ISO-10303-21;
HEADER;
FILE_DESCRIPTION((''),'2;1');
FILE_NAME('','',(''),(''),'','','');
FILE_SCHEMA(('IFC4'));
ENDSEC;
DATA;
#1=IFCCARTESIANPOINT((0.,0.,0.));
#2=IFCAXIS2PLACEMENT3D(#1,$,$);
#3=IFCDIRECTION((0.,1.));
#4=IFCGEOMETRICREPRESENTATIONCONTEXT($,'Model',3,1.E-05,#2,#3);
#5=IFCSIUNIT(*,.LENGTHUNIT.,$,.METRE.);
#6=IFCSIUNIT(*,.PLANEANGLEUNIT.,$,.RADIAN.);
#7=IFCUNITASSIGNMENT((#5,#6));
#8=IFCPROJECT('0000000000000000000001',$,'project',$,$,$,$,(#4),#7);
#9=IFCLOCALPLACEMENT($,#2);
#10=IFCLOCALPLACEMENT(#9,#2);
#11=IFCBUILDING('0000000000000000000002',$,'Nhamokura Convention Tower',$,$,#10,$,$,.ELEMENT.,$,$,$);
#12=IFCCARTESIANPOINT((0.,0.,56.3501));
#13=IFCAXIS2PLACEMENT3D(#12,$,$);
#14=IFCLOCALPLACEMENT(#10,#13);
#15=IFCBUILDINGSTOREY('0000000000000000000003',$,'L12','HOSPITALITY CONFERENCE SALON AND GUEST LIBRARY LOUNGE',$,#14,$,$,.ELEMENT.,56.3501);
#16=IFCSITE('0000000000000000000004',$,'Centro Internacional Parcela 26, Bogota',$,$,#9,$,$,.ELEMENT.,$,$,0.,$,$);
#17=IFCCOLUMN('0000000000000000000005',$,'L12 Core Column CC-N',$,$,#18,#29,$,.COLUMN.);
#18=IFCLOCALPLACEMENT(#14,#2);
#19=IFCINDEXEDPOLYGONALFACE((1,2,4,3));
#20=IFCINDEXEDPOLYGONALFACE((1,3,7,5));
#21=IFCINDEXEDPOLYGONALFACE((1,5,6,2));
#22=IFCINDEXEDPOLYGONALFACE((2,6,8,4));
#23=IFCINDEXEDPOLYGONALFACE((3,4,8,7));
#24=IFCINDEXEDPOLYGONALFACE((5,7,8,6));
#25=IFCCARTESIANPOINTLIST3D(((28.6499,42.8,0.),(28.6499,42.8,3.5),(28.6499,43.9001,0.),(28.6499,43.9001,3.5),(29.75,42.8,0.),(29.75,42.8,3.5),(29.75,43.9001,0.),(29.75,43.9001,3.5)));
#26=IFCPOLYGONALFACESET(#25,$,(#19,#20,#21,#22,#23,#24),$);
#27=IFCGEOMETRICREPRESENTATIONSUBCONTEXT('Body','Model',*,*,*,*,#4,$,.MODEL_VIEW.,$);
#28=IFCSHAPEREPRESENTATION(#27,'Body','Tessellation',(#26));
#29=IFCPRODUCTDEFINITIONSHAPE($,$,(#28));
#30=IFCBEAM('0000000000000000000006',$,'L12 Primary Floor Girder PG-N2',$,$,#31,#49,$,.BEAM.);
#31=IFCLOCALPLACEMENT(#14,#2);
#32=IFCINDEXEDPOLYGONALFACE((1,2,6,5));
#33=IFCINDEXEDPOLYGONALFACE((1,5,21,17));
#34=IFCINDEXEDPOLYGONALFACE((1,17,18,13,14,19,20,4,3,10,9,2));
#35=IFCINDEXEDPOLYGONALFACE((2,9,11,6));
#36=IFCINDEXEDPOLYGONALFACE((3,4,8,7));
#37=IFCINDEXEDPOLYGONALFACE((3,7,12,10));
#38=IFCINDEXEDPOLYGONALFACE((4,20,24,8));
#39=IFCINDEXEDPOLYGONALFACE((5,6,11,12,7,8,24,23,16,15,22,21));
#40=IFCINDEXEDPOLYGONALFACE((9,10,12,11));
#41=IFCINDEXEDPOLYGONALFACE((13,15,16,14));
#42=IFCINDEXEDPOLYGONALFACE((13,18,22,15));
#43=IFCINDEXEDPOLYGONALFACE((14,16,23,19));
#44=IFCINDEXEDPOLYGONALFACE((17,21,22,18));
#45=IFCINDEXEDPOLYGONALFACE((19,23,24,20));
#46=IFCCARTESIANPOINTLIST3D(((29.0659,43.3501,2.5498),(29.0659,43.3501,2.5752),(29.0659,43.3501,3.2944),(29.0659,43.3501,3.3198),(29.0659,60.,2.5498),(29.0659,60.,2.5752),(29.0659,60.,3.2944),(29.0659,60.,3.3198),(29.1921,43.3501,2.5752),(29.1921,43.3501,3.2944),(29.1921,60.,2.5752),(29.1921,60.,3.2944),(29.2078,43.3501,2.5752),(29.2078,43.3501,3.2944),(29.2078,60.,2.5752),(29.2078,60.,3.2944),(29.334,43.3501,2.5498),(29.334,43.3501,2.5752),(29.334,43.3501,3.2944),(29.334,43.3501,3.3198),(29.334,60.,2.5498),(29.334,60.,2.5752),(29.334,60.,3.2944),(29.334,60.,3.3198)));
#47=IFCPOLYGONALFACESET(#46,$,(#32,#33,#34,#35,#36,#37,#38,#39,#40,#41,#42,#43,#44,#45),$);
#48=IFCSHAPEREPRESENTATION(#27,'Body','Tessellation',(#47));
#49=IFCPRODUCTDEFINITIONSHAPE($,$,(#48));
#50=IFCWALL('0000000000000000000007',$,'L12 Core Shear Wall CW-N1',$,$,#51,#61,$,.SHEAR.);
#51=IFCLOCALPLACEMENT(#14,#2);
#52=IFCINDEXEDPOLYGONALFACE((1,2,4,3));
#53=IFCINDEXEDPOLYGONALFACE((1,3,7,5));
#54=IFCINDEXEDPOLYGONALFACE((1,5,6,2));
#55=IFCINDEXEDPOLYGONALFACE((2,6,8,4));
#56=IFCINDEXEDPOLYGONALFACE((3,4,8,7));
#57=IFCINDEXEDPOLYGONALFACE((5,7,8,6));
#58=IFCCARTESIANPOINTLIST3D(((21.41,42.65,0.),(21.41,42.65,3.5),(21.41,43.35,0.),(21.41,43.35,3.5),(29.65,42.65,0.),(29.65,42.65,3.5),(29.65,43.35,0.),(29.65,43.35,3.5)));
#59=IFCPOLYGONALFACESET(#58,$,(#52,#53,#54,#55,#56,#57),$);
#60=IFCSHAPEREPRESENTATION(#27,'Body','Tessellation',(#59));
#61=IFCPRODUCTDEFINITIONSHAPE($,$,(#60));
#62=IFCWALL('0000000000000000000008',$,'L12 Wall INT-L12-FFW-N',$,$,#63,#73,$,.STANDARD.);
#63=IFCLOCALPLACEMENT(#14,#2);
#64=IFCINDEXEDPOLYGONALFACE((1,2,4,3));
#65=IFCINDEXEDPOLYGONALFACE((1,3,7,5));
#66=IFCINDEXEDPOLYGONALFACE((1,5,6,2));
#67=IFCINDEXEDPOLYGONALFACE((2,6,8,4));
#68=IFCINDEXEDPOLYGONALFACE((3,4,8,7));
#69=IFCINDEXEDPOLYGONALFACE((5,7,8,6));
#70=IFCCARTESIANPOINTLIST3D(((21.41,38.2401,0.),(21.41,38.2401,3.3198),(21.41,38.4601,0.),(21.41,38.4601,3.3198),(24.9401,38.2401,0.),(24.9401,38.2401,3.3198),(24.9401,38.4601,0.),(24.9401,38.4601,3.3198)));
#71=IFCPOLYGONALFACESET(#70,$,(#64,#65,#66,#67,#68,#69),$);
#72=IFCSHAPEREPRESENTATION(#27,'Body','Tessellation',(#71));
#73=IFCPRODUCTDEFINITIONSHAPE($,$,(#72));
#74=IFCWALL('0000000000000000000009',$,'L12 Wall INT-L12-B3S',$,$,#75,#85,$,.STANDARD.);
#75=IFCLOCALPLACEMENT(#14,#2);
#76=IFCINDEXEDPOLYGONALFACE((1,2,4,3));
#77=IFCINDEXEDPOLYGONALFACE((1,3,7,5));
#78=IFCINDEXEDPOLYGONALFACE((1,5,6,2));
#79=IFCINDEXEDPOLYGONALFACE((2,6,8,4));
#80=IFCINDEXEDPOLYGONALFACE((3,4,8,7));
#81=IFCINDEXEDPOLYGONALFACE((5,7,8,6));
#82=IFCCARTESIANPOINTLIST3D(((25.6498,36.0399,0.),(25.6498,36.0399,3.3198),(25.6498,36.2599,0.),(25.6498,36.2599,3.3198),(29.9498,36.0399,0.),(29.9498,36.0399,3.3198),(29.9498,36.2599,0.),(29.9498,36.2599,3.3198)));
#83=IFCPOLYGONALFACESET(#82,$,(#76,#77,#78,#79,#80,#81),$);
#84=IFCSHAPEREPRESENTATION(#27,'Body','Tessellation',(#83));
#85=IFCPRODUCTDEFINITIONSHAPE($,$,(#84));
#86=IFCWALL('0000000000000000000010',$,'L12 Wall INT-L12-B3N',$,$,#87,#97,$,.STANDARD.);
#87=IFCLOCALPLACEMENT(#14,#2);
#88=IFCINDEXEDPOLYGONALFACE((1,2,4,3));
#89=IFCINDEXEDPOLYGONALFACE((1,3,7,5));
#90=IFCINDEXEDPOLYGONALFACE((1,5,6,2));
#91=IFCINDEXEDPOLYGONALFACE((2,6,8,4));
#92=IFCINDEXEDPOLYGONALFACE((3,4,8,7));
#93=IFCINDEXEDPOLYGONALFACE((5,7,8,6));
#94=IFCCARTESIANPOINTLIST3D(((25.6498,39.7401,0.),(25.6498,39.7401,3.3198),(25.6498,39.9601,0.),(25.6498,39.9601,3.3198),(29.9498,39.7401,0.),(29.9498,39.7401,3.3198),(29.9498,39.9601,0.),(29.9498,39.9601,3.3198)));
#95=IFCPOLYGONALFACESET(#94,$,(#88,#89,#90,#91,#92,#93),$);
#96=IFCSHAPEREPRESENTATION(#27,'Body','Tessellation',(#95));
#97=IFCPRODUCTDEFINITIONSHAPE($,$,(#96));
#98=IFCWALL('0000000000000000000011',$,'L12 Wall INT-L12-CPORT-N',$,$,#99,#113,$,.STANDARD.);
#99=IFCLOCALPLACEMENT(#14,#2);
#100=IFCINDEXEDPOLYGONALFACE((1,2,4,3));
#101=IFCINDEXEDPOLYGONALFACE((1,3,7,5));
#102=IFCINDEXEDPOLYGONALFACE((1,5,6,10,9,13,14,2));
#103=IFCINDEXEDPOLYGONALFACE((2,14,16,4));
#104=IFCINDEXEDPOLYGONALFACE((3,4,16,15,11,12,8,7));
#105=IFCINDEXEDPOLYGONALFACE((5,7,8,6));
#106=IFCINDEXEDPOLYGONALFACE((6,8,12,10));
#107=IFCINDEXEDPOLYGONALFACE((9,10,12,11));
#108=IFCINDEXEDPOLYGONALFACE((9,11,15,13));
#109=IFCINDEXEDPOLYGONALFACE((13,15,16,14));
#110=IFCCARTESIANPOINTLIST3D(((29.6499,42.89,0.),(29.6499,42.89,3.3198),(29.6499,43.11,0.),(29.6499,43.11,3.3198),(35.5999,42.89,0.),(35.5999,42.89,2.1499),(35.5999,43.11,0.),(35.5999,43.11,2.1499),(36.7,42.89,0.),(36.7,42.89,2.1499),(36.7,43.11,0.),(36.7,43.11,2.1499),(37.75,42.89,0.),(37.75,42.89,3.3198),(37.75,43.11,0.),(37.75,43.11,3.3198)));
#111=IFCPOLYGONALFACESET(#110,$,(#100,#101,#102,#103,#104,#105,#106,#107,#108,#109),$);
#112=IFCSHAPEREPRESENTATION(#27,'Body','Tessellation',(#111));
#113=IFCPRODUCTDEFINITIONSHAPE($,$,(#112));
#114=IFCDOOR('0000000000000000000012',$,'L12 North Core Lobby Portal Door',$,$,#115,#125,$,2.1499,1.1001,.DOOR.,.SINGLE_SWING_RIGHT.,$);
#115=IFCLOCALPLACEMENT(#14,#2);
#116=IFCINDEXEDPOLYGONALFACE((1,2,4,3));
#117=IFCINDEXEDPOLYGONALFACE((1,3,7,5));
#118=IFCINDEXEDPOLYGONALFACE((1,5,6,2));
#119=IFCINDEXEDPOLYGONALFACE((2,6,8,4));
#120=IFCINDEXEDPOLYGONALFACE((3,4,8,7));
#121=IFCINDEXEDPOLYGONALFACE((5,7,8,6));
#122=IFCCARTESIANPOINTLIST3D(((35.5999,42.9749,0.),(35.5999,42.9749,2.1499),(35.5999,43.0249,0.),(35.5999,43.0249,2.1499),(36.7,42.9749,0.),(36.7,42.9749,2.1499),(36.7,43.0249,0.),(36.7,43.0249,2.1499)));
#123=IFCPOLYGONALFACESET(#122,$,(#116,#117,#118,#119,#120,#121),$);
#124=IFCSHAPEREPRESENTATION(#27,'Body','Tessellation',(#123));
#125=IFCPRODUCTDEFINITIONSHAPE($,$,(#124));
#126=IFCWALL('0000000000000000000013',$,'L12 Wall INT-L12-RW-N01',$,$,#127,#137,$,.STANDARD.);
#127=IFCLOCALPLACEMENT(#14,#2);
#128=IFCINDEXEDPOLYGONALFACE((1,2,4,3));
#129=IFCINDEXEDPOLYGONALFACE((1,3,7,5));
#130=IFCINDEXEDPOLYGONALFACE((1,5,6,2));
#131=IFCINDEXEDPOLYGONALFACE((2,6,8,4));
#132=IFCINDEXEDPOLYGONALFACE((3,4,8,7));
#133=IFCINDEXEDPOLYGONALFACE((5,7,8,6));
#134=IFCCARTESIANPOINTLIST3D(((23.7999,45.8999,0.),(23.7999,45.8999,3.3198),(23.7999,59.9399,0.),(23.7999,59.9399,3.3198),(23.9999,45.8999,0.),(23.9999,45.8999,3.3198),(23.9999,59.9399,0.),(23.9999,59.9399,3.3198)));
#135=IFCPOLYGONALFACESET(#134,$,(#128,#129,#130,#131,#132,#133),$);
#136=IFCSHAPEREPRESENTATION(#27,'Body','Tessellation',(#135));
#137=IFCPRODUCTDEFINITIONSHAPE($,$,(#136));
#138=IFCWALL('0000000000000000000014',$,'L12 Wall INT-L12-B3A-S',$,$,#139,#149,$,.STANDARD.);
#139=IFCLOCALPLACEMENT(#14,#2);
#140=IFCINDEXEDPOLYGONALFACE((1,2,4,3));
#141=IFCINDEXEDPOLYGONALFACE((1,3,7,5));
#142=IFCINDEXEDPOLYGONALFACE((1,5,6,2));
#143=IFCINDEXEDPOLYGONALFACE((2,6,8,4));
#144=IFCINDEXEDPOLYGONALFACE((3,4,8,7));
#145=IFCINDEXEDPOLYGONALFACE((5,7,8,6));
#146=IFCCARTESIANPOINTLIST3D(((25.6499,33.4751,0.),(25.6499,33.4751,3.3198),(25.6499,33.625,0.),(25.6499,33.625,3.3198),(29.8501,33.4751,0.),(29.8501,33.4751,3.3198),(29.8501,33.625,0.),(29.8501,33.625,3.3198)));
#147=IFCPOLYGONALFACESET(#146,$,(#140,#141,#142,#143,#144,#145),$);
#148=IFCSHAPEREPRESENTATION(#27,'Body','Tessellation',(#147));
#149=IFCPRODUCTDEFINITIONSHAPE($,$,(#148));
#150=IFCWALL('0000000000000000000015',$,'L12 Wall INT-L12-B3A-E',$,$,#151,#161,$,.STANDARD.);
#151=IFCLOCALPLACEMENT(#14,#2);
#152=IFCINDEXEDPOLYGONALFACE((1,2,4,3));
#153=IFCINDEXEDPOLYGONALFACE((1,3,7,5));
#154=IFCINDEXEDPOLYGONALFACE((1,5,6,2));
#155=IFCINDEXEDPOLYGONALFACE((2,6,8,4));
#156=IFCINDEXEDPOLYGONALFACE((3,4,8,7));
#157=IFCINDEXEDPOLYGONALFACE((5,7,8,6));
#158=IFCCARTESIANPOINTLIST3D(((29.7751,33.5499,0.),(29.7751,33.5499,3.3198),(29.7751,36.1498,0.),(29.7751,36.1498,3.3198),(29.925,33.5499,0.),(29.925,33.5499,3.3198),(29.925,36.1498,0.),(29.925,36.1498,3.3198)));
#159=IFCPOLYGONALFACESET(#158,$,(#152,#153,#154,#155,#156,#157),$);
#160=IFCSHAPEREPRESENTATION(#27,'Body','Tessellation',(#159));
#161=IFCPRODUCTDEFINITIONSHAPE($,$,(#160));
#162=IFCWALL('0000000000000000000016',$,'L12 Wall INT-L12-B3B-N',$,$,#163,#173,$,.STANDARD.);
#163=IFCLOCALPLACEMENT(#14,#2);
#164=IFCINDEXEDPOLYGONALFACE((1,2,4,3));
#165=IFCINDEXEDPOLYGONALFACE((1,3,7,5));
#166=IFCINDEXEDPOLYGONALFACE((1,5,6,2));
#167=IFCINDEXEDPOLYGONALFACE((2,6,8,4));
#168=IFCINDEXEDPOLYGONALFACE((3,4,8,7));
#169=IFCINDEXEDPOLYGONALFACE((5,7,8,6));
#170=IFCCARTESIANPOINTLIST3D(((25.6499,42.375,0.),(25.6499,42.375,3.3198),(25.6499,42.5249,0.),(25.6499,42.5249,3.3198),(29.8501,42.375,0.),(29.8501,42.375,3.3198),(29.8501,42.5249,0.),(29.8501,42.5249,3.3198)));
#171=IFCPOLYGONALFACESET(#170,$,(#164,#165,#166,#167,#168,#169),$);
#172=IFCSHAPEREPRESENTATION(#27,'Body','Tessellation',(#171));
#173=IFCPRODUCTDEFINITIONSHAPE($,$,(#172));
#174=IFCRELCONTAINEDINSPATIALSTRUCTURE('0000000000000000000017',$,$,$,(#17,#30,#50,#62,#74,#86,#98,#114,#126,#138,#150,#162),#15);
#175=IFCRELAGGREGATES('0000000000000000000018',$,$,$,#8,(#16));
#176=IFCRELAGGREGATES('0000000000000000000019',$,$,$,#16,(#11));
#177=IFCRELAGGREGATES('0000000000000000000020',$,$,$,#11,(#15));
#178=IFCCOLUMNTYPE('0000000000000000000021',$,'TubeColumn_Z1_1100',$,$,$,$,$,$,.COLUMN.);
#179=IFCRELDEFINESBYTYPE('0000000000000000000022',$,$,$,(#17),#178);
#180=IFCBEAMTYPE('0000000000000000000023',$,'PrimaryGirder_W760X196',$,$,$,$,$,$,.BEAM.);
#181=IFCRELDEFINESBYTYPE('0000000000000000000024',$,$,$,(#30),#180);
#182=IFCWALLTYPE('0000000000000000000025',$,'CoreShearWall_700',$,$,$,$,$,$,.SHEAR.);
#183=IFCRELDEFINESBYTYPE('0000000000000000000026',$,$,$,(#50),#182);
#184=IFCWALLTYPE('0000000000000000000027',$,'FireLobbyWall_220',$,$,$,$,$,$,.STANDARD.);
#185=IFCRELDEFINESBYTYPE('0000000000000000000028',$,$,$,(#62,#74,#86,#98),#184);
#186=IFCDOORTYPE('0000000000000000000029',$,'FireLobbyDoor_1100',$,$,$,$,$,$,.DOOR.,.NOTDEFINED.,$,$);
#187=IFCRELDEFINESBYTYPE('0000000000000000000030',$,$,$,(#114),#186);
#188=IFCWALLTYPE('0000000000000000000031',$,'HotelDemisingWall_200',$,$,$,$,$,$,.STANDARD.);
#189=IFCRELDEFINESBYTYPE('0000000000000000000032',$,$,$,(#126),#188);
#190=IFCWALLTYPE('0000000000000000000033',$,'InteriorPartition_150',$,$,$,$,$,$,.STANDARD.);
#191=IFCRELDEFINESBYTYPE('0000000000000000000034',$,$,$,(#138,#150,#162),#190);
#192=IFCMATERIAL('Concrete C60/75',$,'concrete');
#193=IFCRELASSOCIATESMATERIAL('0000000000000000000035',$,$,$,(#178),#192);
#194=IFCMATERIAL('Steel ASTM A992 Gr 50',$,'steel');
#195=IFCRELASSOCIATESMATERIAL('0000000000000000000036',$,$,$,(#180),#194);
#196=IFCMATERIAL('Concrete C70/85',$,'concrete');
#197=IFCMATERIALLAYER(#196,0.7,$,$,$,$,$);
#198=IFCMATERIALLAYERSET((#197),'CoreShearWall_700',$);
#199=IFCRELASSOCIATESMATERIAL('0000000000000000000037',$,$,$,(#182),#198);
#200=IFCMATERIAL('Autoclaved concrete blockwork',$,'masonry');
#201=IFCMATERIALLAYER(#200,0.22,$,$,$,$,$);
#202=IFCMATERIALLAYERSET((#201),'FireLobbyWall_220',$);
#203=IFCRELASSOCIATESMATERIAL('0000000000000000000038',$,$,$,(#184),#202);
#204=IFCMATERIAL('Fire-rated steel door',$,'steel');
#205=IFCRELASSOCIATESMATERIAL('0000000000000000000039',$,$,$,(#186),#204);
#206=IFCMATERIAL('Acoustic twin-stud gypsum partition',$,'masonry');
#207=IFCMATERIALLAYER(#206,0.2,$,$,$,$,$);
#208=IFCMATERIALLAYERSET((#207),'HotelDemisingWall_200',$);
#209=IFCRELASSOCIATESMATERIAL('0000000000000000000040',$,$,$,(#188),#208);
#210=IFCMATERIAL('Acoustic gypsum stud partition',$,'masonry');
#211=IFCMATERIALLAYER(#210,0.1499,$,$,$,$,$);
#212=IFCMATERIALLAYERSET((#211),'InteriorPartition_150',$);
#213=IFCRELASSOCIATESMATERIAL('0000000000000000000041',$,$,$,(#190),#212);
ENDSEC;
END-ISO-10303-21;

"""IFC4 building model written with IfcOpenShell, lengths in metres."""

from ifc_helpers import new_model, si_unit, direction, frame, frame_2d, origin, origin_2d, place, context, subcontext, project, spatial, rectangle, i_section, extrude, material, layer, layer_set, material_profile, profile_set, type_object, element, fill, save


model = new_model("IFC4")

# Units and contexts
model_context = context("Model", 3, precision=1e-05, world=origin(), true_north=direction((0.0, 1.0)))
body_context = subcontext(model_context, "Body", "Model", "MODEL_VIEW")
ifc_project = project(units=[si_unit("LENGTHUNIT", "METRE"), si_unit("PLANEANGLEUNIT", "RADIAN")], contexts=[model_context])

# Site, building, storey
site_placement = place(None, origin())
site = spatial("IfcSite", under=ifc_project, at=site_placement, Name="Centro Internacional Parcela 26, Bogota", CompositionType="ELEMENT", RefElevation=0.0)
building_placement = place(site_placement, origin())
building = spatial("IfcBuilding", under=site, at=building_placement, Name="Nhamokura Convention Tower", CompositionType="ELEMENT")
storey_placement = place(building_placement, frame((0.0, 0.0, 56.3501)))
storey = spatial("IfcBuildingStorey", under=building, at=storey_placement, Name="L12", Description="HOSPITALITY CONFERENCE SALON AND GUEST LIBRARY LOUNGE", CompositionType="ELEMENT", Elevation=56.3501)

# Column
ifc_material_1 = material(Name="Concrete C60/75", Category="concrete")
ifc_material_profile_1 = material_profile(ifc_material_1, rectangle(XDim=1.1001, YDim=1.1001, at=origin_2d()))
ifc_profile_set_1 = profile_set([ifc_material_profile_1], Name="Concrete C60/75")
column_type = type_object("IfcColumnType", Name="TubeColumn_Z1_1100", PredefinedType="COLUMN", material=ifc_profile_set_1)
column_placement = place(storey_placement, frame((29.2, 43.3501, 0.0), z_axis=(0.0, 0.0, 1.0), x_axis=(1.0, 0.0, 0.0)))
element("IfcColumn", 1, at=column_placement, inside=storey, type_object=column_type, Name="L12 Core Column CC-N", PredefinedType="COLUMN", context=body_context, shape_type="SweptSolid", body=[
    extrude(rectangle(XDim=1.1001, YDim=1.1001, at=origin_2d()), origin(), (0.0, 0.0, 1.0), 3.5),
])

# Beam
ifc_material_2 = material(Name="Steel ASTM A992 Gr 50", Category="steel")
ifc_material_profile_2 = material_profile(ifc_material_2, i_section(OverallWidth=0.2681, OverallDepth=0.77, WebThickness=0.0156, FlangeThickness=0.0254, at=origin_2d()))
ifc_profile_set_2 = profile_set([ifc_material_profile_2], Name="Steel ASTM A992 Gr 50")
beam_type = type_object("IfcBeamType", Name="PrimaryGirder_W760X196", PredefinedType="BEAM", material=ifc_profile_set_2)
beam_placement = place(storey_placement, frame((29.2, 43.3501, 2.9348), z_axis=(0.0, 1.0, 0.0), x_axis=(-1.0, 0.0, 0.0)))
element("IfcBeam", 2, at=beam_placement, inside=storey, type_object=beam_type, Name="L12 Primary Floor Girder PG-N2", PredefinedType="BEAM", context=body_context, shape_type="SweptSolid", body=[
    extrude(i_section(OverallWidth=0.2681, OverallDepth=0.77, WebThickness=0.0156, FlangeThickness=0.0254, at=origin_2d()), origin(), (0.0, 0.0, 1.0), 16.6499),
])

# Walls
ifc_material_3 = material(Name="Concrete C70/85", Category="concrete")
ifc_layer_1 = layer(ifc_material_3, 0.7)
ifc_layer_set_1 = layer_set([ifc_layer_1], Name="CoreShearWall_700")
wall_type_1 = type_object("IfcWallType", Name="CoreShearWall_700", PredefinedType="SHEAR", material=ifc_layer_set_1)
wall_1_placement = place(storey_placement, frame((21.4099, 43.0, 0.0), z_axis=(0.0, 0.0, 1.0), x_axis=(1.0, 0.0, 0.0)))
element("IfcWall", 3, at=wall_1_placement, inside=storey, type_object=wall_type_1, Name="L12 Core Shear Wall CW-N1", PredefinedType="SHEAR", context=body_context, shape_type="SweptSolid", body=[
    extrude(rectangle(XDim=8.24, YDim=0.7, at=frame_2d((4.1201, 0.0))), origin(), (0.0, 0.0, 1.0), 3.5),
])
ifc_material_4 = material(Name="Autoclaved concrete blockwork", Category="masonry")
ifc_layer_2 = layer(ifc_material_4, 0.22)
ifc_layer_set_2 = layer_set([ifc_layer_2], Name="FireLobbyWall_220")
wall_type_2 = type_object("IfcWallType", Name="FireLobbyWall_220", PredefinedType="STANDARD", material=ifc_layer_set_2)
wall_2_placement = place(storey_placement, frame((21.4099, 38.3501, 0.0), z_axis=(0.0, 0.0, 1.0), x_axis=(1.0, 0.0, 0.0)))
element("IfcWall", 4, at=wall_2_placement, inside=storey, type_object=wall_type_2, Name="L12 Wall INT-L12-FFW-N", PredefinedType="STANDARD", context=body_context, shape_type="SweptSolid", body=[
    extrude(rectangle(XDim=3.53, YDim=0.22, at=frame_2d((1.7651, 0.0))), origin(), (0.0, 0.0, 1.0), 3.3198),
])
for number, where, z_axis, x_axis, name in (
    (5, (25.6499, 36.1499, 0.0), (0.0, 0.0, 1.0), (1.0, 0.0, 0.0), "L12 Wall INT-L12-B3S"),
    (6, (25.6499, 39.8501, 0.0), (0.0, 0.0, 1.0), (1.0, 0.0, 0.0), "L12 Wall INT-L12-B3N"),
):
    element("IfcWall", number, at=place(storey_placement, frame(where, z_axis=z_axis, x_axis=x_axis)), inside=storey, type_object=wall_type_2, Name=name, PredefinedType="STANDARD", context=body_context, shape_type="SweptSolid", body=[
        extrude(rectangle(XDim=4.3, YDim=0.22, at=frame_2d((2.1499, 0.0))), origin(), (0.0, 0.0, 1.0), 3.3198),
    ])

# Wall, opening, door
wall_3_placement = place(storey_placement, frame((29.6499, 43.0, 0.0), z_axis=(0.0, 0.0, 1.0), x_axis=(1.0, 0.0, 0.0)))
wall_3 = element("IfcWall", 7, at=wall_3_placement, inside=storey, type_object=wall_type_2, Name="L12 Wall INT-L12-CPORT-N", PredefinedType="STANDARD", context=body_context, shape_type="SweptSolid", body=[
    extrude(rectangle(XDim=8.1001, YDim=0.22, at=frame_2d((4.05, 0.0))), origin(), (0.0, 0.0, 1.0), 3.3198),
])
opening_1_placement = place(wall_3_placement, frame((5.95, 0.0, 0.0)))
opening_1 = element("IfcOpeningElement", 8, at=opening_1_placement, cuts=wall_3, PredefinedType="OPENING", context=body_context, shape_type="SweptSolid", body=[
    extrude(rectangle(XDim=1.1001, YDim=2.1499, at=frame_2d((0.55, 1.075))), frame((0.0, 0.1199, 0.0), z_axis=(0.0, -1.0, 0.0), x_axis=(1.0, 0.0, 0.0)), (0.0, 0.0, 1.0), 0.24),
])
ifc_material_5 = material(Name="Fire-rated steel door", Category="steel")
door_type_1 = type_object("IfcDoorType", Name="FireLobbyDoor_1100", OperationType="NOTDEFINED", PredefinedType="DOOR", material=ifc_material_5)
door_1_placement = place(opening_1_placement, origin())
door_1 = element("IfcDoor", 9, at=door_1_placement, inside=storey, type_object=door_type_1, Name="L12 North Core Lobby Portal Door", OperationType="SINGLE_SWING_RIGHT", OverallHeight=2.1499, OverallWidth=1.1001, PredefinedType="DOOR", context=body_context, shape_type="SweptSolid", body=[
    extrude(rectangle(XDim=1.1001, YDim=2.1499, at=frame_2d((0.55, 1.075))), frame((0.0, 0.0249, 0.0), z_axis=(0.0, -1.0, 0.0), x_axis=(1.0, 0.0, 0.0)), (0.0, 0.0, 1.0), 0.05),
])
fill(opening_1, door_1)

# Walls
ifc_material_6 = material(Name="Acoustic twin-stud gypsum partition", Category="masonry")
ifc_layer_3 = layer(ifc_material_6, 0.2)
ifc_layer_set_3 = layer_set([ifc_layer_3], Name="HotelDemisingWall_200")
wall_type_3 = type_object("IfcWallType", Name="HotelDemisingWall_200", PredefinedType="STANDARD", material=ifc_layer_set_3)
wall_4_placement = place(storey_placement, frame((23.8999, 45.8999, 0.0), z_axis=(0.0, 0.0, 1.0), x_axis=(0.0, 1.0, 0.0)))
element("IfcWall", 10, at=wall_4_placement, inside=storey, type_object=wall_type_3, Name="L12 Wall INT-L12-RW-N01", PredefinedType="STANDARD", context=body_context, shape_type="SweptSolid", body=[
    extrude(rectangle(XDim=14.04, YDim=0.2, at=frame_2d((7.02, 0.0))), origin(), (0.0, 0.0, 1.0), 3.3198),
])
ifc_material_7 = material(Name="Acoustic gypsum stud partition", Category="masonry")
ifc_layer_4 = layer(ifc_material_7, 0.1499)
ifc_layer_set_4 = layer_set([ifc_layer_4], Name="InteriorPartition_150")
wall_type_4 = type_object("IfcWallType", Name="InteriorPartition_150", PredefinedType="STANDARD", material=ifc_layer_set_4)
wall_5_placement = place(storey_placement, frame((25.6499, 33.55, 0.0), z_axis=(0.0, 0.0, 1.0), x_axis=(1.0, 0.0, 0.0)))
element("IfcWall", 11, at=wall_5_placement, inside=storey, type_object=wall_type_4, Name="L12 Wall INT-L12-B3A-S", PredefinedType="STANDARD", context=body_context, shape_type="SweptSolid", body=[
    extrude(rectangle(XDim=4.2002, YDim=0.1499, at=frame_2d((2.1001, 0.0))), origin(), (0.0, 0.0, 1.0), 3.3198),
])
wall_6_placement = place(storey_placement, frame((29.8501, 33.55, 0.0), z_axis=(0.0, 0.0, 1.0), x_axis=(0.0, 1.0, 0.0)))
element("IfcWall", 12, at=wall_6_placement, inside=storey, type_object=wall_type_4, Name="L12 Wall INT-L12-B3A-E", PredefinedType="STANDARD", context=body_context, shape_type="SweptSolid", body=[
    extrude(rectangle(XDim=2.5999, YDim=0.1499, at=frame_2d((1.2998, 0.0))), origin(), (0.0, 0.0, 1.0), 3.3198),
])
wall_7_placement = place(storey_placement, frame((25.6499, 42.45, 0.0), z_axis=(0.0, 0.0, 1.0), x_axis=(1.0, 0.0, 0.0)))
element("IfcWall", 13, at=wall_7_placement, inside=storey, type_object=wall_type_4, Name="L12 Wall INT-L12-B3B-N", PredefinedType="STANDARD", context=body_context, shape_type="SweptSolid", body=[
    extrude(rectangle(XDim=4.2002, YDim=0.1499, at=frame_2d((2.1001, 0.0))), origin(), (0.0, 0.0, 1.0), 3.3198),
])

save(model, "model.ifc")
